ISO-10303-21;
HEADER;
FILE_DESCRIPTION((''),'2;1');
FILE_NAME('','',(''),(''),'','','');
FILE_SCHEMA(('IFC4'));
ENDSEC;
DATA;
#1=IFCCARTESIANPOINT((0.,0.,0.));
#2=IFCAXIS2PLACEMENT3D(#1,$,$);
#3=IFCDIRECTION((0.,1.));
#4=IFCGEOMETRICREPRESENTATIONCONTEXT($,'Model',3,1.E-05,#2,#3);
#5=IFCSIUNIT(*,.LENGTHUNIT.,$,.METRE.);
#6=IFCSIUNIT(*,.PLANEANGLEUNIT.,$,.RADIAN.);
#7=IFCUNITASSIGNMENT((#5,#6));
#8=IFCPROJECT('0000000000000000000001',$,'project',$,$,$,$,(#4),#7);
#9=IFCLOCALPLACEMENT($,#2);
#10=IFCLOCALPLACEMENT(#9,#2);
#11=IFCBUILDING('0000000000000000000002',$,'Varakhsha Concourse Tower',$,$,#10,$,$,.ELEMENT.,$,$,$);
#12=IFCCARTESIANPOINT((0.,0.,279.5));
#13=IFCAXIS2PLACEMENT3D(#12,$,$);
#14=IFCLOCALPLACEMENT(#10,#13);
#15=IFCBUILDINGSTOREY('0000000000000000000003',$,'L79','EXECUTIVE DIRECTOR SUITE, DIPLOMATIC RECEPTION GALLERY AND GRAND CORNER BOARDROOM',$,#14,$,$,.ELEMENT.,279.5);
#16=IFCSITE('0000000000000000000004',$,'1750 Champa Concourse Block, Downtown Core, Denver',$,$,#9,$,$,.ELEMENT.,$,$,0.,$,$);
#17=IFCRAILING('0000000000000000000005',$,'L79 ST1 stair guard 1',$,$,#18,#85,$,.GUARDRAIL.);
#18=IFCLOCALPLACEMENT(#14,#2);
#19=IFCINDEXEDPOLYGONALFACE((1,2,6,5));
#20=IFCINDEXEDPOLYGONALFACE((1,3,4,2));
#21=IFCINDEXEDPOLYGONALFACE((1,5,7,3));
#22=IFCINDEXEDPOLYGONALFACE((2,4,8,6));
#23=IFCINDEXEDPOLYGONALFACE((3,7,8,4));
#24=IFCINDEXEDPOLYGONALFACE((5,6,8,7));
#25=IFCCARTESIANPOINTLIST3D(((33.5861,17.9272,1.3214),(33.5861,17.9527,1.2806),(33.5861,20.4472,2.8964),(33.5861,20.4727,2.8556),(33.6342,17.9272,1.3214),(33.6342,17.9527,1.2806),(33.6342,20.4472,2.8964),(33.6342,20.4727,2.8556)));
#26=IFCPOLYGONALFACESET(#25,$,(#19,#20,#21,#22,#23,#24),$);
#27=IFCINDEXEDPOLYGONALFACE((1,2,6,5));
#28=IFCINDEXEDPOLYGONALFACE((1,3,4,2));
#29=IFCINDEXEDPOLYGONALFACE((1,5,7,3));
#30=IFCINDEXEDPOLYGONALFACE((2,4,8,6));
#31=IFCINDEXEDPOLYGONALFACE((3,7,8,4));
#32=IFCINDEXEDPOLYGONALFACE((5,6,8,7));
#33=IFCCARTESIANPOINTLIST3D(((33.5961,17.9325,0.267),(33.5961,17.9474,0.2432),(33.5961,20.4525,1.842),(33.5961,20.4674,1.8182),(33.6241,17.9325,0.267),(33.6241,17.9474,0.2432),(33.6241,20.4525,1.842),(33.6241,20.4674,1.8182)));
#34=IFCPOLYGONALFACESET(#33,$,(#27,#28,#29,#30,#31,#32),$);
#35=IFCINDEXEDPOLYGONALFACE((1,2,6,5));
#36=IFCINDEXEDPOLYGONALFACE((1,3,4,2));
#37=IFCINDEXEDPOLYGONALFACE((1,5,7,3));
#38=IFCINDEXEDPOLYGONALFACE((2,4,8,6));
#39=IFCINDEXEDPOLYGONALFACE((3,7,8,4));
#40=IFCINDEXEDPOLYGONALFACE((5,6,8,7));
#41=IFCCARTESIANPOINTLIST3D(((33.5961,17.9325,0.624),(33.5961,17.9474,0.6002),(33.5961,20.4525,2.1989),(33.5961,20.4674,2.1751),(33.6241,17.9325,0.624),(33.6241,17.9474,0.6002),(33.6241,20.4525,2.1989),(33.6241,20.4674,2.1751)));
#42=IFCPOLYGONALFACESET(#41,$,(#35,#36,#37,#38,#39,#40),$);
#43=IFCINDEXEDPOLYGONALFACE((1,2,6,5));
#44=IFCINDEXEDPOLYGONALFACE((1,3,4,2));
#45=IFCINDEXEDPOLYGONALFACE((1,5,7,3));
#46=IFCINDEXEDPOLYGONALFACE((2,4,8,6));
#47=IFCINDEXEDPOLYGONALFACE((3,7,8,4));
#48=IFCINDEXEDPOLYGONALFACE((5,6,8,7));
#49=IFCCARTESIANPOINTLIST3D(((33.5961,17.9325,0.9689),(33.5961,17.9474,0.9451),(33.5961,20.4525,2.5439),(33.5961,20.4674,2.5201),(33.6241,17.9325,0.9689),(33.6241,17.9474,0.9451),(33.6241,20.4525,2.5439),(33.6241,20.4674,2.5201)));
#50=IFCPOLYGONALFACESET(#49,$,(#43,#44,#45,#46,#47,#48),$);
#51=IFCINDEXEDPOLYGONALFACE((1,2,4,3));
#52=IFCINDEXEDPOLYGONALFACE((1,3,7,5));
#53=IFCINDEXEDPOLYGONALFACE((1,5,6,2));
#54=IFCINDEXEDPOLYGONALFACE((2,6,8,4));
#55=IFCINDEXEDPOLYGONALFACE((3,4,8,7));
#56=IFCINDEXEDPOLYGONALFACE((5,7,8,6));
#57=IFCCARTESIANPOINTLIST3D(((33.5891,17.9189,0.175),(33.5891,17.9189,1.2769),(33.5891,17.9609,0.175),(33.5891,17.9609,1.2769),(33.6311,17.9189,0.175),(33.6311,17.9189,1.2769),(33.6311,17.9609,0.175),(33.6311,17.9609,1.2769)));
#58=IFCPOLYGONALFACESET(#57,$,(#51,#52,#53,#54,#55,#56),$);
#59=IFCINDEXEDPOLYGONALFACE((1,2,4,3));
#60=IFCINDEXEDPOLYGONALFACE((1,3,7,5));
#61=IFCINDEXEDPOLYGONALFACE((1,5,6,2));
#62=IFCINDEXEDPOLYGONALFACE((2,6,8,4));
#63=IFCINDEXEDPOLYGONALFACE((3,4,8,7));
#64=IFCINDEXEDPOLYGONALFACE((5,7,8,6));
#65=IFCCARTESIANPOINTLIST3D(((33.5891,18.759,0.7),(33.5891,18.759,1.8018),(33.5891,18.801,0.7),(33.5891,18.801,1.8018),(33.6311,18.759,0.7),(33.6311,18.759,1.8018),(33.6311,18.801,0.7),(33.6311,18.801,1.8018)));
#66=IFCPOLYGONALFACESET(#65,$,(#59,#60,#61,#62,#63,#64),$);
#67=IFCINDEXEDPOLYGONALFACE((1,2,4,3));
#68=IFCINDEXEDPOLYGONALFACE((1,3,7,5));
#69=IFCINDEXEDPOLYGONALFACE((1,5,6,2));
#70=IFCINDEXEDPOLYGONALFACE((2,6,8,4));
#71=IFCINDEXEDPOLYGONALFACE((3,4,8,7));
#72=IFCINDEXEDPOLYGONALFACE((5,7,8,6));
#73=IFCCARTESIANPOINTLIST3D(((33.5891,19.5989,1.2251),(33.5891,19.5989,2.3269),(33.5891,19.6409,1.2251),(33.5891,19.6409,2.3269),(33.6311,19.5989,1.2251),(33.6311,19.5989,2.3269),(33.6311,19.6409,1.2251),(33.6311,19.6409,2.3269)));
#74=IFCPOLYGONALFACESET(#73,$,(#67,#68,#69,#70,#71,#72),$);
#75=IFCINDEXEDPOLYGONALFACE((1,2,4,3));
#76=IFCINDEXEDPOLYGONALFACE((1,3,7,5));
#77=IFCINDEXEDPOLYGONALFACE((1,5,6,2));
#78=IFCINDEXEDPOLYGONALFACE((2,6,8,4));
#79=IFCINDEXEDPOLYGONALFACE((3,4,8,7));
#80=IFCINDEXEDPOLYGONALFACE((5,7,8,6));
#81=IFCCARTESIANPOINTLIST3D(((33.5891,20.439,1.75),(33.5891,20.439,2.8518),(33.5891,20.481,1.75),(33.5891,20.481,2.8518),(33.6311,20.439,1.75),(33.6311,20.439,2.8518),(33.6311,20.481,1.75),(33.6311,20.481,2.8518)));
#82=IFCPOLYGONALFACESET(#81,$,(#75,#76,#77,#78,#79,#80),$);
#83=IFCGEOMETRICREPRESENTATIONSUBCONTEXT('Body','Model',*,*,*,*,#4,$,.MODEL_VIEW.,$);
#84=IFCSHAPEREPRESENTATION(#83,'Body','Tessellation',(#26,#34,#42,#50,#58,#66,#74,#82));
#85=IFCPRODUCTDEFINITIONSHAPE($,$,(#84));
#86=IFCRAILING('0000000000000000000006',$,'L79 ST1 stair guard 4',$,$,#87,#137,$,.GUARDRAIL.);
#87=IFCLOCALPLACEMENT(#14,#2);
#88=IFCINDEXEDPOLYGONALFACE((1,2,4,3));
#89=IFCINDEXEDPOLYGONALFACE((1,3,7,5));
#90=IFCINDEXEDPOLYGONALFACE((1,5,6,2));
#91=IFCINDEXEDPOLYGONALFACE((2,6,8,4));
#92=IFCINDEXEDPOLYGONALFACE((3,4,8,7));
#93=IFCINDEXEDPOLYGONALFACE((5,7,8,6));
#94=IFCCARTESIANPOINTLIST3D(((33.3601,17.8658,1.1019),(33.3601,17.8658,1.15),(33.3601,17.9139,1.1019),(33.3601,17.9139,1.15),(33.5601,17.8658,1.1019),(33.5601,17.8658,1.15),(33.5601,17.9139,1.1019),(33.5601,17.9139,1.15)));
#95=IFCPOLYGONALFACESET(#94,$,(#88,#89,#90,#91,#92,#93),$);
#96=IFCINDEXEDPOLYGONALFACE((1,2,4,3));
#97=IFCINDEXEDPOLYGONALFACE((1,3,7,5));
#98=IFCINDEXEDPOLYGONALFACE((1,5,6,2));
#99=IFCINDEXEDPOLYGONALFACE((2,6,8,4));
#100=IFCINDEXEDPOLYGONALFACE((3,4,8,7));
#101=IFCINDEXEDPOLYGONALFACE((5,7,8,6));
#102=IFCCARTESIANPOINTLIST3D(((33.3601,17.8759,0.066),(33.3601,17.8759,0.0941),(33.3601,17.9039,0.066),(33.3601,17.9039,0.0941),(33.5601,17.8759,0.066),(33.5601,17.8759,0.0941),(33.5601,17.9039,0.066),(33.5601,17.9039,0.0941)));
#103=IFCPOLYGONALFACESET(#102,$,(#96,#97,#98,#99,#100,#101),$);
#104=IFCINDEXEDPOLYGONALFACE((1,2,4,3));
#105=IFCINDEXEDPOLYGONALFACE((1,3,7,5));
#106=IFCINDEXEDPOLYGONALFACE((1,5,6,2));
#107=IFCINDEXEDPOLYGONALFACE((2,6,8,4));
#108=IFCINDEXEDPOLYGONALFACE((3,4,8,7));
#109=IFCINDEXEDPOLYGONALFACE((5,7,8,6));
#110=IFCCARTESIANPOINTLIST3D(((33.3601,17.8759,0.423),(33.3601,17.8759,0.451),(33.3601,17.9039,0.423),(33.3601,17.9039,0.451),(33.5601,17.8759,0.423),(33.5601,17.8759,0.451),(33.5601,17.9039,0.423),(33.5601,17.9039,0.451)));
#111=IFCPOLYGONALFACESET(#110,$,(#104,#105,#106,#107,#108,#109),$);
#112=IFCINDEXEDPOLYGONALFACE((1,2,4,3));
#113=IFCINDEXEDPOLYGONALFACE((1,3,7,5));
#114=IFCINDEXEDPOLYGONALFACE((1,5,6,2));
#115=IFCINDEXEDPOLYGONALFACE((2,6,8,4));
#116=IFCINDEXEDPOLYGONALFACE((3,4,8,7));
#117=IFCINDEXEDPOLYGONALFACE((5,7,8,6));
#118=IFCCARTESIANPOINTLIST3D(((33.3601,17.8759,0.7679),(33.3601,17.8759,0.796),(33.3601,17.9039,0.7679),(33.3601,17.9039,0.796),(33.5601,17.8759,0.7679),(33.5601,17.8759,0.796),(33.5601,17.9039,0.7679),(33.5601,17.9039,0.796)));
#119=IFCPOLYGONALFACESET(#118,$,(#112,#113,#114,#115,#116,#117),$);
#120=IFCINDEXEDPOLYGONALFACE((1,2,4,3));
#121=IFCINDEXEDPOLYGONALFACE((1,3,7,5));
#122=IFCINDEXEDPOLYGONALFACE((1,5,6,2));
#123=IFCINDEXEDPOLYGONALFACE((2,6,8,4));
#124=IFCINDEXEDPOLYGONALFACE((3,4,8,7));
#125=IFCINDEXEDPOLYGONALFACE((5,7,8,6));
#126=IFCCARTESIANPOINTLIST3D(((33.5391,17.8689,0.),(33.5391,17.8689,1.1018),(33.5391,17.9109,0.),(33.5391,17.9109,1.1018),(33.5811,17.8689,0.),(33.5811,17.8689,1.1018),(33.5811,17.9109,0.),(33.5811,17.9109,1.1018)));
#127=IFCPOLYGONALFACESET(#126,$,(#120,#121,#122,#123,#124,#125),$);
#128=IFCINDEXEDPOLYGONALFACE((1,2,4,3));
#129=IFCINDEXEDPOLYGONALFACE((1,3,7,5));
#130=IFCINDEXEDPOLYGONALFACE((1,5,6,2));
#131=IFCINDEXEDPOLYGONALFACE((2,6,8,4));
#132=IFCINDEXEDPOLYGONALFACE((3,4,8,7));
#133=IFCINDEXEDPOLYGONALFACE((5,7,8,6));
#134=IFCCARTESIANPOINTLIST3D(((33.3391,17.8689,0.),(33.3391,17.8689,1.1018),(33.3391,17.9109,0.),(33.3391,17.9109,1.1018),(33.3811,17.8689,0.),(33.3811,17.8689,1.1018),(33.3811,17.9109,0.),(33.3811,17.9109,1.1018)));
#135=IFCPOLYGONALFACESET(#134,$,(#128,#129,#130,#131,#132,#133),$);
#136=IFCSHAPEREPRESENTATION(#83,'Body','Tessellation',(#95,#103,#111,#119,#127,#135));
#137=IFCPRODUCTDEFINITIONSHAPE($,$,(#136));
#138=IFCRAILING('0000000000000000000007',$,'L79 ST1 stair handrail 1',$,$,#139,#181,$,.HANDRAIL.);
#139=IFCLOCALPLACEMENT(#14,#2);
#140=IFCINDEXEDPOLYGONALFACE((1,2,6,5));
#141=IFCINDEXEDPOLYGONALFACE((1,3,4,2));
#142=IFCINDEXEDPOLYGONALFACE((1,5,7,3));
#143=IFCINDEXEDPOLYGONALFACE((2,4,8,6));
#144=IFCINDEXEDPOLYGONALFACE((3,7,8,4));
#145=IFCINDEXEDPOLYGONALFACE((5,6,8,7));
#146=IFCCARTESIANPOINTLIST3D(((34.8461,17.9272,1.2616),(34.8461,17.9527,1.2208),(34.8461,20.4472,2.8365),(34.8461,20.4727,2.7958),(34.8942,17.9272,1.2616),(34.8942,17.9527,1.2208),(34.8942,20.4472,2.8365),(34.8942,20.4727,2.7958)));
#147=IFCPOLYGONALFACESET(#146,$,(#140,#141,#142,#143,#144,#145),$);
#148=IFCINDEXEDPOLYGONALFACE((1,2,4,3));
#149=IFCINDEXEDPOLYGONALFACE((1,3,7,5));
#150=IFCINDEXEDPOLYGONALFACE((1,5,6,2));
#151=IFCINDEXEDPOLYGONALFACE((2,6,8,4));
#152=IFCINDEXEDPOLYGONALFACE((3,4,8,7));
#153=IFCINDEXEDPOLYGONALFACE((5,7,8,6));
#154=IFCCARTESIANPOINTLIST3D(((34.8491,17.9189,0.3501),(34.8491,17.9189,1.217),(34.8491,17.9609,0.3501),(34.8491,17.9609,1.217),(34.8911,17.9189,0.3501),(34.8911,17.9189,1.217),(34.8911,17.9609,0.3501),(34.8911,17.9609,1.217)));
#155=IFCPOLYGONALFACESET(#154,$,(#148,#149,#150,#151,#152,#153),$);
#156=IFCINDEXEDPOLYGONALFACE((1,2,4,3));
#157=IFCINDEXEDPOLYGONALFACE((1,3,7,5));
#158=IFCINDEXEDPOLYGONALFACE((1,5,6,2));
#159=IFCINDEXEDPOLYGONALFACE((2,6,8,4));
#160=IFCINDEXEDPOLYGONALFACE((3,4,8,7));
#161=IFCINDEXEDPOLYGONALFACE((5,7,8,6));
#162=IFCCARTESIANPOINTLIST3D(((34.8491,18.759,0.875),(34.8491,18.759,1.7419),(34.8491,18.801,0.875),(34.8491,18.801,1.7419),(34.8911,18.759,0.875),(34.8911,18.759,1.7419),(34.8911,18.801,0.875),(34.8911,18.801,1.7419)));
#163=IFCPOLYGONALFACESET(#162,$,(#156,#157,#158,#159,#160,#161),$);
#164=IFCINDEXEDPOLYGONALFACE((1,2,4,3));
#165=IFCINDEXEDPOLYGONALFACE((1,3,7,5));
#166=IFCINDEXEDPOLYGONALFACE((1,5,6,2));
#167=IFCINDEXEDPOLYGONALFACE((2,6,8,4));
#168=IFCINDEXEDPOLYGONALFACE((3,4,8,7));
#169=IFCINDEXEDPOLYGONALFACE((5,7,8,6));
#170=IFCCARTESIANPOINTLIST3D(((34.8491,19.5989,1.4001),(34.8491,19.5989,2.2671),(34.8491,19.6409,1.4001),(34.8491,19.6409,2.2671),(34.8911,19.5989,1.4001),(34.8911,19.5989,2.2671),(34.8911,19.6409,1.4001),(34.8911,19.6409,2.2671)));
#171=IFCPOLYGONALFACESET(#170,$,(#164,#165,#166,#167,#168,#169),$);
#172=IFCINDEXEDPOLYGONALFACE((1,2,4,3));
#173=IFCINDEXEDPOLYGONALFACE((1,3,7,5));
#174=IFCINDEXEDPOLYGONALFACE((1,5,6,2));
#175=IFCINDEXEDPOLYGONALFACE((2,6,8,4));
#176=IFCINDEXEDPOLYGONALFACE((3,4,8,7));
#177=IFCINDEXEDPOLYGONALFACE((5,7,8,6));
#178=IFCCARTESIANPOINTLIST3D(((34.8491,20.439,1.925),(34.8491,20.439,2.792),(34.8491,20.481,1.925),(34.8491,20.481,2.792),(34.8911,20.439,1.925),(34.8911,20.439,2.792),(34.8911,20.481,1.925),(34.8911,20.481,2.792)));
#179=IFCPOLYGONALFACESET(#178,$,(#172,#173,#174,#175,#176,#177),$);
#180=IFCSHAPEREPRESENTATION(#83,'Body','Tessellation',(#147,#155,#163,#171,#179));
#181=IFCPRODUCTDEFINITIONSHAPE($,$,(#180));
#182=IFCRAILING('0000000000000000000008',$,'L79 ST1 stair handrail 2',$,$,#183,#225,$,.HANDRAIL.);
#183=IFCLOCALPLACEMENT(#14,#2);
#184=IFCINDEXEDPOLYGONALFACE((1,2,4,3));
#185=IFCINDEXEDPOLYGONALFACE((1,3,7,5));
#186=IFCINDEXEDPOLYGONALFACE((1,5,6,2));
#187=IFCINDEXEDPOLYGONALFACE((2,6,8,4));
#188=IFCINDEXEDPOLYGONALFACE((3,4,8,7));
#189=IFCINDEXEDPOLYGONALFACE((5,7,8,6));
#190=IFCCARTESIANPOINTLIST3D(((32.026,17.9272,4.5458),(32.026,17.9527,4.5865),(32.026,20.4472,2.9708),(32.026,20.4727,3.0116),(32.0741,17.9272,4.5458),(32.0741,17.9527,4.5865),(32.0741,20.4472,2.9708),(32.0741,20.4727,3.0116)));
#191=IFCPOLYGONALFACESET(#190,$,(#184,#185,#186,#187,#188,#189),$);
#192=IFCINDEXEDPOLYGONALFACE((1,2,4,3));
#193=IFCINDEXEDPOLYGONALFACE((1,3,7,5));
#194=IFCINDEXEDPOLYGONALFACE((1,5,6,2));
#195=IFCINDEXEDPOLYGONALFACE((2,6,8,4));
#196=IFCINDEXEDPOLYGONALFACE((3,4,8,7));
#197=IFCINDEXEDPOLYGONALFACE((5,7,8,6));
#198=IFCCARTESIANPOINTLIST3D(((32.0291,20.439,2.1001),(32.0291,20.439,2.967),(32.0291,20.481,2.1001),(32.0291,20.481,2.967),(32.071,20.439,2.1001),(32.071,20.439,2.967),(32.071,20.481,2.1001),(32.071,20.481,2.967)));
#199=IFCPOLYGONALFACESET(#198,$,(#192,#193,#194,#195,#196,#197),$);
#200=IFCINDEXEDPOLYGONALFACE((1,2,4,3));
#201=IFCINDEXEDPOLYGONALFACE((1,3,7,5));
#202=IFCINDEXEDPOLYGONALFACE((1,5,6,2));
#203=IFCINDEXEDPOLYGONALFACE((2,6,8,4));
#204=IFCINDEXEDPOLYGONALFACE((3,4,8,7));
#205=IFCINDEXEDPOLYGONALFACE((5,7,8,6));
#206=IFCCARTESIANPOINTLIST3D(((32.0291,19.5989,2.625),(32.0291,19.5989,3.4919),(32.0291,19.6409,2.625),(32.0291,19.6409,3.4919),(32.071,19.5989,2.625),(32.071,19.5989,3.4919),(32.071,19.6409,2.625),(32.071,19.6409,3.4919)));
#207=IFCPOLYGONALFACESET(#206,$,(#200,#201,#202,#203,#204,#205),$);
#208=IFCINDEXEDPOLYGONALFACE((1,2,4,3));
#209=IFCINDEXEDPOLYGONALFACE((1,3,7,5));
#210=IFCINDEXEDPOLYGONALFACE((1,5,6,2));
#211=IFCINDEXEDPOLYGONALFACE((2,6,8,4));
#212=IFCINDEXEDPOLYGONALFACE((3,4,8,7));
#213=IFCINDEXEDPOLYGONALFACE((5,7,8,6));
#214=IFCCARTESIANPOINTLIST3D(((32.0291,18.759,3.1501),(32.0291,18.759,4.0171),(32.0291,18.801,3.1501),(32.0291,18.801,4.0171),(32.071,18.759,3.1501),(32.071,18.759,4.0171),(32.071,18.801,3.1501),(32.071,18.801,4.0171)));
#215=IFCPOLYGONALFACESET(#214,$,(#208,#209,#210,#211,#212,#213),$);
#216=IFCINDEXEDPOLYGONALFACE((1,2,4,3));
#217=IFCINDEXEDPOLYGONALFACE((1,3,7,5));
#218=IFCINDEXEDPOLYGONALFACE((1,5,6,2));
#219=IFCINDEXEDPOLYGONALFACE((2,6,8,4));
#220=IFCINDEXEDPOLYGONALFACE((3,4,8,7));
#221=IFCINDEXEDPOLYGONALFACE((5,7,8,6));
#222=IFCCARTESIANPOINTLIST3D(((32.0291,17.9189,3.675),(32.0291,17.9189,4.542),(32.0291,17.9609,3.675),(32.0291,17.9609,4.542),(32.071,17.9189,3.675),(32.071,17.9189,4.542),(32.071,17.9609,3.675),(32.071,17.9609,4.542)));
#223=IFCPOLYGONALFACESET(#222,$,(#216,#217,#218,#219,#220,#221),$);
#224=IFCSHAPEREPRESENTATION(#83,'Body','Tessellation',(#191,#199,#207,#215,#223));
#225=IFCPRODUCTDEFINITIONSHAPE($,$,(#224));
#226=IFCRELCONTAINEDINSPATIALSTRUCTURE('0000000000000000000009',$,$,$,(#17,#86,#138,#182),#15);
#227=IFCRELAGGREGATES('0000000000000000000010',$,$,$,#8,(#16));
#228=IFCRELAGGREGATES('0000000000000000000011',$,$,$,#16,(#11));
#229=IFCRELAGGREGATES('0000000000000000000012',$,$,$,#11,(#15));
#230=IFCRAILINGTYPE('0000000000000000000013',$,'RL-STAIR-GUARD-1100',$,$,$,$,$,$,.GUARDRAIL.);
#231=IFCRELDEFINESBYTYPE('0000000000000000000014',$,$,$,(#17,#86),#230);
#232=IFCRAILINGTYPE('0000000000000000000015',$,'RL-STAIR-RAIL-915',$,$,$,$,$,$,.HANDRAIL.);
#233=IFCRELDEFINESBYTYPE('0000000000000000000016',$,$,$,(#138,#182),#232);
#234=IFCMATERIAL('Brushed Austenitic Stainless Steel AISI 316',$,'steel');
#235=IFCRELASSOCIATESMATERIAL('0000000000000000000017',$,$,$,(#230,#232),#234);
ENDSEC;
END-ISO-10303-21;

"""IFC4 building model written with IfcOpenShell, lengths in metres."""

from ifc_helpers import new_model, si_unit, direction, frame, origin, origin_2d, place, context, subcontext, project, spatial, rectangle, extrude, material, type_object, element, save


model = new_model("IFC4")

# Units and contexts
model_context = context("Model", 3, precision=1e-05, world=origin(), true_north=direction((0.0, 1.0)))
body_context = subcontext(model_context, "Body", "Model", "MODEL_VIEW")
ifc_project = project(units=[si_unit("LENGTHUNIT", "METRE"), si_unit("PLANEANGLEUNIT", "RADIAN")], contexts=[model_context])

# Site, building, storey
site_placement = place(None, origin())
site = spatial("IfcSite", under=ifc_project, at=site_placement, Name="1750 Champa Concourse Block, Downtown Core, Denver", CompositionType="ELEMENT", RefElevation=0.0)
building_placement = place(site_placement, origin())
building = spatial("IfcBuilding", under=site, at=building_placement, Name="Varakhsha Concourse Tower", CompositionType="ELEMENT")
storey_placement = place(building_placement, frame((0.0, 0.0, 279.5)))
storey = spatial("IfcBuildingStorey", under=building, at=storey_placement, Name="L79", Description="EXECUTIVE DIRECTOR SUITE, DIPLOMATIC RECEPTION GALLERY AND GRAND CORNER BOARDROOM", CompositionType="ELEMENT", Elevation=279.5)

# Railings
ifc_material_1 = material(Name="Brushed Austenitic Stainless Steel AISI 316", Category="steel")
railing_type_1 = type_object("IfcRailingType", Name="RL-STAIR-GUARD-1100", PredefinedType="GUARDRAIL", material=ifc_material_1)
railing_1_placement = place(storey_placement, frame((33.6101, 17.9399, 0.175)))
element("IfcRailing", 1, at=railing_1_placement, inside=storey, type_object=railing_type_1, Name="L79 ST1 stair guard 1", PredefinedType="GUARDRAIL", context=body_context, shape_type="SweptSolid", body=[
    extrude(rectangle(XDim=0.0481, YDim=0.0481, at=origin_2d()), frame((0.0, 0.0, 1.126), z_axis=(0.0, 0.848008, 0.529984), x_axis=(-1.0, 0.0, 0.0)), (0.0, 0.0, 1.0), 2.9717),
    extrude(rectangle(XDim=0.0281, YDim=0.0281, at=origin_2d()), frame((0.0, 0.0, 0.0801), z_axis=(0.0, 0.848008, 0.529984), x_axis=(-1.0, 0.0, 0.0)), (0.0, 0.0, 1.0), 2.9717),
    extrude(rectangle(XDim=0.0281, YDim=0.0281, at=origin_2d()), frame((0.0, 0.0, 0.437), z_axis=(0.0, 0.848008, 0.529984), x_axis=(-1.0, 0.0, 0.0)), (0.0, 0.0, 1.0), 2.9717),
    extrude(rectangle(XDim=0.0281, YDim=0.0281, at=origin_2d()), frame((0.0, 0.0, 0.782), z_axis=(0.0, 0.848008, 0.529984), x_axis=(-1.0, 0.0, 0.0)), (0.0, 0.0, 1.0), 2.9717),
    extrude(rectangle(XDim=0.042, YDim=0.042, at=origin_2d()), origin(), (0.0, 0.0, 1.0), 1.1018),
    extrude(rectangle(XDim=0.042, YDim=0.042, at=origin_2d()), frame((0.0, 0.8401, 0.5249)), (0.0, 0.0, 1.0), 1.1018),
    extrude(rectangle(XDim=0.042, YDim=0.042, at=origin_2d()), frame((0.0, 1.6799, 1.05)), (0.0, 0.0, 1.0), 1.1018),
    extrude(rectangle(XDim=0.042, YDim=0.042, at=origin_2d()), frame((0.0, 2.52, 1.575)), (0.0, 0.0, 1.0), 1.1018),
])
railing_2_placement = place(storey_placement, frame((33.5601, 17.8899, 0.0)))
element("IfcRailing", 2, at=railing_2_placement, inside=storey, type_object=railing_type_1, Name="L79 ST1 stair guard 4", PredefinedType="GUARDRAIL", context=body_context, shape_type="SweptSolid", body=[
    extrude(rectangle(XDim=0.0481, YDim=0.0481, at=origin_2d()), frame((0.0, 0.0, 1.126), z_axis=(-1.0, 0.0, 0.0), x_axis=(0.0, -1.0, 0.0)), (0.0, 0.0, 1.0), 0.2),
    extrude(rectangle(XDim=0.0281, YDim=0.0281, at=origin_2d()), frame((0.0, 0.0, 0.0801), z_axis=(-1.0, 0.0, 0.0), x_axis=(0.0, -1.0, 0.0)), (0.0, 0.0, 1.0), 0.2),
    extrude(rectangle(XDim=0.0281, YDim=0.0281, at=origin_2d()), frame((0.0, 0.0, 0.437), z_axis=(-1.0, 0.0, 0.0), x_axis=(0.0, -1.0, 0.0)), (0.0, 0.0, 1.0), 0.2),
    extrude(rectangle(XDim=0.0281, YDim=0.0281, at=origin_2d()), frame((0.0, 0.0, 0.782), z_axis=(-1.0, 0.0, 0.0), x_axis=(0.0, -1.0, 0.0)), (0.0, 0.0, 1.0), 0.2),
    extrude(rectangle(XDim=0.042, YDim=0.042, at=origin_2d()), origin(), (0.0, 0.0, 1.0), 1.1018),
    extrude(rectangle(XDim=0.042, YDim=0.042, at=origin_2d()), frame((-0.2, 0.0, 0.0)), (0.0, 0.0, 1.0), 1.1018),
])
railing_type_2 = type_object("IfcRailingType", Name="RL-STAIR-RAIL-915", PredefinedType="HANDRAIL", material=ifc_material_1)
railing_3_placement = place(storey_placement, frame((34.8701, 17.9399, 0.3501)))
element("IfcRailing", 3, at=railing_3_placement, inside=storey, type_object=railing_type_2, Name="L79 ST1 stair handrail 1", PredefinedType="HANDRAIL", context=body_context, shape_type="SweptSolid", body=[
    extrude(rectangle(XDim=0.0481, YDim=0.0481, at=origin_2d()), frame((0.0, 0.0, 0.8911), z_axis=(0.0, 0.848008, 0.529984), x_axis=(-1.0, 0.0, 0.0)), (0.0, 0.0, 1.0), 2.9717),
    extrude(rectangle(XDim=0.042, YDim=0.042, at=origin_2d()), origin(), (0.0, 0.0, 1.0), 0.8669),
    extrude(rectangle(XDim=0.042, YDim=0.042, at=origin_2d()), frame((0.0, 0.8401, 0.5249)), (0.0, 0.0, 1.0), 0.8669),
    extrude(rectangle(XDim=0.042, YDim=0.042, at=origin_2d()), frame((0.0, 1.6799, 1.05)), (0.0, 0.0, 1.0), 0.8669),
    extrude(rectangle(XDim=0.042, YDim=0.042, at=origin_2d()), frame((0.0, 2.52, 1.575)), (0.0, 0.0, 1.0), 0.8669),
])
railing_4_placement = place(storey_placement, frame((32.05, 20.46, 2.1001)))
element("IfcRailing", 4, at=railing_4_placement, inside=storey, type_object=railing_type_2, Name="L79 ST1 stair handrail 2", PredefinedType="HANDRAIL", context=body_context, shape_type="SweptSolid", body=[
    extrude(rectangle(XDim=0.0481, YDim=0.0481, at=origin_2d()), frame((0.0, 0.0, 0.8911), z_axis=(0.0, -0.848008, 0.529984), x_axis=(1.0, 0.0, 0.0)), (0.0, 0.0, 1.0), 2.9717),
    extrude(rectangle(XDim=0.042, YDim=0.042, at=origin_2d()), origin(), (0.0, 0.0, 1.0), 0.8669),
    extrude(rectangle(XDim=0.042, YDim=0.042, at=origin_2d()), frame((0.0, -0.8401, 0.5249)), (0.0, 0.0, 1.0), 0.8669),
    extrude(rectangle(XDim=0.042, YDim=0.042, at=origin_2d()), frame((0.0, -1.6799, 1.05)), (0.0, 0.0, 1.0), 0.8669),
    extrude(rectangle(XDim=0.042, YDim=0.042, at=origin_2d()), frame((0.0, -2.52, 1.575)), (0.0, 0.0, 1.0), 0.8669),
])

save(model, "model.ifc")
